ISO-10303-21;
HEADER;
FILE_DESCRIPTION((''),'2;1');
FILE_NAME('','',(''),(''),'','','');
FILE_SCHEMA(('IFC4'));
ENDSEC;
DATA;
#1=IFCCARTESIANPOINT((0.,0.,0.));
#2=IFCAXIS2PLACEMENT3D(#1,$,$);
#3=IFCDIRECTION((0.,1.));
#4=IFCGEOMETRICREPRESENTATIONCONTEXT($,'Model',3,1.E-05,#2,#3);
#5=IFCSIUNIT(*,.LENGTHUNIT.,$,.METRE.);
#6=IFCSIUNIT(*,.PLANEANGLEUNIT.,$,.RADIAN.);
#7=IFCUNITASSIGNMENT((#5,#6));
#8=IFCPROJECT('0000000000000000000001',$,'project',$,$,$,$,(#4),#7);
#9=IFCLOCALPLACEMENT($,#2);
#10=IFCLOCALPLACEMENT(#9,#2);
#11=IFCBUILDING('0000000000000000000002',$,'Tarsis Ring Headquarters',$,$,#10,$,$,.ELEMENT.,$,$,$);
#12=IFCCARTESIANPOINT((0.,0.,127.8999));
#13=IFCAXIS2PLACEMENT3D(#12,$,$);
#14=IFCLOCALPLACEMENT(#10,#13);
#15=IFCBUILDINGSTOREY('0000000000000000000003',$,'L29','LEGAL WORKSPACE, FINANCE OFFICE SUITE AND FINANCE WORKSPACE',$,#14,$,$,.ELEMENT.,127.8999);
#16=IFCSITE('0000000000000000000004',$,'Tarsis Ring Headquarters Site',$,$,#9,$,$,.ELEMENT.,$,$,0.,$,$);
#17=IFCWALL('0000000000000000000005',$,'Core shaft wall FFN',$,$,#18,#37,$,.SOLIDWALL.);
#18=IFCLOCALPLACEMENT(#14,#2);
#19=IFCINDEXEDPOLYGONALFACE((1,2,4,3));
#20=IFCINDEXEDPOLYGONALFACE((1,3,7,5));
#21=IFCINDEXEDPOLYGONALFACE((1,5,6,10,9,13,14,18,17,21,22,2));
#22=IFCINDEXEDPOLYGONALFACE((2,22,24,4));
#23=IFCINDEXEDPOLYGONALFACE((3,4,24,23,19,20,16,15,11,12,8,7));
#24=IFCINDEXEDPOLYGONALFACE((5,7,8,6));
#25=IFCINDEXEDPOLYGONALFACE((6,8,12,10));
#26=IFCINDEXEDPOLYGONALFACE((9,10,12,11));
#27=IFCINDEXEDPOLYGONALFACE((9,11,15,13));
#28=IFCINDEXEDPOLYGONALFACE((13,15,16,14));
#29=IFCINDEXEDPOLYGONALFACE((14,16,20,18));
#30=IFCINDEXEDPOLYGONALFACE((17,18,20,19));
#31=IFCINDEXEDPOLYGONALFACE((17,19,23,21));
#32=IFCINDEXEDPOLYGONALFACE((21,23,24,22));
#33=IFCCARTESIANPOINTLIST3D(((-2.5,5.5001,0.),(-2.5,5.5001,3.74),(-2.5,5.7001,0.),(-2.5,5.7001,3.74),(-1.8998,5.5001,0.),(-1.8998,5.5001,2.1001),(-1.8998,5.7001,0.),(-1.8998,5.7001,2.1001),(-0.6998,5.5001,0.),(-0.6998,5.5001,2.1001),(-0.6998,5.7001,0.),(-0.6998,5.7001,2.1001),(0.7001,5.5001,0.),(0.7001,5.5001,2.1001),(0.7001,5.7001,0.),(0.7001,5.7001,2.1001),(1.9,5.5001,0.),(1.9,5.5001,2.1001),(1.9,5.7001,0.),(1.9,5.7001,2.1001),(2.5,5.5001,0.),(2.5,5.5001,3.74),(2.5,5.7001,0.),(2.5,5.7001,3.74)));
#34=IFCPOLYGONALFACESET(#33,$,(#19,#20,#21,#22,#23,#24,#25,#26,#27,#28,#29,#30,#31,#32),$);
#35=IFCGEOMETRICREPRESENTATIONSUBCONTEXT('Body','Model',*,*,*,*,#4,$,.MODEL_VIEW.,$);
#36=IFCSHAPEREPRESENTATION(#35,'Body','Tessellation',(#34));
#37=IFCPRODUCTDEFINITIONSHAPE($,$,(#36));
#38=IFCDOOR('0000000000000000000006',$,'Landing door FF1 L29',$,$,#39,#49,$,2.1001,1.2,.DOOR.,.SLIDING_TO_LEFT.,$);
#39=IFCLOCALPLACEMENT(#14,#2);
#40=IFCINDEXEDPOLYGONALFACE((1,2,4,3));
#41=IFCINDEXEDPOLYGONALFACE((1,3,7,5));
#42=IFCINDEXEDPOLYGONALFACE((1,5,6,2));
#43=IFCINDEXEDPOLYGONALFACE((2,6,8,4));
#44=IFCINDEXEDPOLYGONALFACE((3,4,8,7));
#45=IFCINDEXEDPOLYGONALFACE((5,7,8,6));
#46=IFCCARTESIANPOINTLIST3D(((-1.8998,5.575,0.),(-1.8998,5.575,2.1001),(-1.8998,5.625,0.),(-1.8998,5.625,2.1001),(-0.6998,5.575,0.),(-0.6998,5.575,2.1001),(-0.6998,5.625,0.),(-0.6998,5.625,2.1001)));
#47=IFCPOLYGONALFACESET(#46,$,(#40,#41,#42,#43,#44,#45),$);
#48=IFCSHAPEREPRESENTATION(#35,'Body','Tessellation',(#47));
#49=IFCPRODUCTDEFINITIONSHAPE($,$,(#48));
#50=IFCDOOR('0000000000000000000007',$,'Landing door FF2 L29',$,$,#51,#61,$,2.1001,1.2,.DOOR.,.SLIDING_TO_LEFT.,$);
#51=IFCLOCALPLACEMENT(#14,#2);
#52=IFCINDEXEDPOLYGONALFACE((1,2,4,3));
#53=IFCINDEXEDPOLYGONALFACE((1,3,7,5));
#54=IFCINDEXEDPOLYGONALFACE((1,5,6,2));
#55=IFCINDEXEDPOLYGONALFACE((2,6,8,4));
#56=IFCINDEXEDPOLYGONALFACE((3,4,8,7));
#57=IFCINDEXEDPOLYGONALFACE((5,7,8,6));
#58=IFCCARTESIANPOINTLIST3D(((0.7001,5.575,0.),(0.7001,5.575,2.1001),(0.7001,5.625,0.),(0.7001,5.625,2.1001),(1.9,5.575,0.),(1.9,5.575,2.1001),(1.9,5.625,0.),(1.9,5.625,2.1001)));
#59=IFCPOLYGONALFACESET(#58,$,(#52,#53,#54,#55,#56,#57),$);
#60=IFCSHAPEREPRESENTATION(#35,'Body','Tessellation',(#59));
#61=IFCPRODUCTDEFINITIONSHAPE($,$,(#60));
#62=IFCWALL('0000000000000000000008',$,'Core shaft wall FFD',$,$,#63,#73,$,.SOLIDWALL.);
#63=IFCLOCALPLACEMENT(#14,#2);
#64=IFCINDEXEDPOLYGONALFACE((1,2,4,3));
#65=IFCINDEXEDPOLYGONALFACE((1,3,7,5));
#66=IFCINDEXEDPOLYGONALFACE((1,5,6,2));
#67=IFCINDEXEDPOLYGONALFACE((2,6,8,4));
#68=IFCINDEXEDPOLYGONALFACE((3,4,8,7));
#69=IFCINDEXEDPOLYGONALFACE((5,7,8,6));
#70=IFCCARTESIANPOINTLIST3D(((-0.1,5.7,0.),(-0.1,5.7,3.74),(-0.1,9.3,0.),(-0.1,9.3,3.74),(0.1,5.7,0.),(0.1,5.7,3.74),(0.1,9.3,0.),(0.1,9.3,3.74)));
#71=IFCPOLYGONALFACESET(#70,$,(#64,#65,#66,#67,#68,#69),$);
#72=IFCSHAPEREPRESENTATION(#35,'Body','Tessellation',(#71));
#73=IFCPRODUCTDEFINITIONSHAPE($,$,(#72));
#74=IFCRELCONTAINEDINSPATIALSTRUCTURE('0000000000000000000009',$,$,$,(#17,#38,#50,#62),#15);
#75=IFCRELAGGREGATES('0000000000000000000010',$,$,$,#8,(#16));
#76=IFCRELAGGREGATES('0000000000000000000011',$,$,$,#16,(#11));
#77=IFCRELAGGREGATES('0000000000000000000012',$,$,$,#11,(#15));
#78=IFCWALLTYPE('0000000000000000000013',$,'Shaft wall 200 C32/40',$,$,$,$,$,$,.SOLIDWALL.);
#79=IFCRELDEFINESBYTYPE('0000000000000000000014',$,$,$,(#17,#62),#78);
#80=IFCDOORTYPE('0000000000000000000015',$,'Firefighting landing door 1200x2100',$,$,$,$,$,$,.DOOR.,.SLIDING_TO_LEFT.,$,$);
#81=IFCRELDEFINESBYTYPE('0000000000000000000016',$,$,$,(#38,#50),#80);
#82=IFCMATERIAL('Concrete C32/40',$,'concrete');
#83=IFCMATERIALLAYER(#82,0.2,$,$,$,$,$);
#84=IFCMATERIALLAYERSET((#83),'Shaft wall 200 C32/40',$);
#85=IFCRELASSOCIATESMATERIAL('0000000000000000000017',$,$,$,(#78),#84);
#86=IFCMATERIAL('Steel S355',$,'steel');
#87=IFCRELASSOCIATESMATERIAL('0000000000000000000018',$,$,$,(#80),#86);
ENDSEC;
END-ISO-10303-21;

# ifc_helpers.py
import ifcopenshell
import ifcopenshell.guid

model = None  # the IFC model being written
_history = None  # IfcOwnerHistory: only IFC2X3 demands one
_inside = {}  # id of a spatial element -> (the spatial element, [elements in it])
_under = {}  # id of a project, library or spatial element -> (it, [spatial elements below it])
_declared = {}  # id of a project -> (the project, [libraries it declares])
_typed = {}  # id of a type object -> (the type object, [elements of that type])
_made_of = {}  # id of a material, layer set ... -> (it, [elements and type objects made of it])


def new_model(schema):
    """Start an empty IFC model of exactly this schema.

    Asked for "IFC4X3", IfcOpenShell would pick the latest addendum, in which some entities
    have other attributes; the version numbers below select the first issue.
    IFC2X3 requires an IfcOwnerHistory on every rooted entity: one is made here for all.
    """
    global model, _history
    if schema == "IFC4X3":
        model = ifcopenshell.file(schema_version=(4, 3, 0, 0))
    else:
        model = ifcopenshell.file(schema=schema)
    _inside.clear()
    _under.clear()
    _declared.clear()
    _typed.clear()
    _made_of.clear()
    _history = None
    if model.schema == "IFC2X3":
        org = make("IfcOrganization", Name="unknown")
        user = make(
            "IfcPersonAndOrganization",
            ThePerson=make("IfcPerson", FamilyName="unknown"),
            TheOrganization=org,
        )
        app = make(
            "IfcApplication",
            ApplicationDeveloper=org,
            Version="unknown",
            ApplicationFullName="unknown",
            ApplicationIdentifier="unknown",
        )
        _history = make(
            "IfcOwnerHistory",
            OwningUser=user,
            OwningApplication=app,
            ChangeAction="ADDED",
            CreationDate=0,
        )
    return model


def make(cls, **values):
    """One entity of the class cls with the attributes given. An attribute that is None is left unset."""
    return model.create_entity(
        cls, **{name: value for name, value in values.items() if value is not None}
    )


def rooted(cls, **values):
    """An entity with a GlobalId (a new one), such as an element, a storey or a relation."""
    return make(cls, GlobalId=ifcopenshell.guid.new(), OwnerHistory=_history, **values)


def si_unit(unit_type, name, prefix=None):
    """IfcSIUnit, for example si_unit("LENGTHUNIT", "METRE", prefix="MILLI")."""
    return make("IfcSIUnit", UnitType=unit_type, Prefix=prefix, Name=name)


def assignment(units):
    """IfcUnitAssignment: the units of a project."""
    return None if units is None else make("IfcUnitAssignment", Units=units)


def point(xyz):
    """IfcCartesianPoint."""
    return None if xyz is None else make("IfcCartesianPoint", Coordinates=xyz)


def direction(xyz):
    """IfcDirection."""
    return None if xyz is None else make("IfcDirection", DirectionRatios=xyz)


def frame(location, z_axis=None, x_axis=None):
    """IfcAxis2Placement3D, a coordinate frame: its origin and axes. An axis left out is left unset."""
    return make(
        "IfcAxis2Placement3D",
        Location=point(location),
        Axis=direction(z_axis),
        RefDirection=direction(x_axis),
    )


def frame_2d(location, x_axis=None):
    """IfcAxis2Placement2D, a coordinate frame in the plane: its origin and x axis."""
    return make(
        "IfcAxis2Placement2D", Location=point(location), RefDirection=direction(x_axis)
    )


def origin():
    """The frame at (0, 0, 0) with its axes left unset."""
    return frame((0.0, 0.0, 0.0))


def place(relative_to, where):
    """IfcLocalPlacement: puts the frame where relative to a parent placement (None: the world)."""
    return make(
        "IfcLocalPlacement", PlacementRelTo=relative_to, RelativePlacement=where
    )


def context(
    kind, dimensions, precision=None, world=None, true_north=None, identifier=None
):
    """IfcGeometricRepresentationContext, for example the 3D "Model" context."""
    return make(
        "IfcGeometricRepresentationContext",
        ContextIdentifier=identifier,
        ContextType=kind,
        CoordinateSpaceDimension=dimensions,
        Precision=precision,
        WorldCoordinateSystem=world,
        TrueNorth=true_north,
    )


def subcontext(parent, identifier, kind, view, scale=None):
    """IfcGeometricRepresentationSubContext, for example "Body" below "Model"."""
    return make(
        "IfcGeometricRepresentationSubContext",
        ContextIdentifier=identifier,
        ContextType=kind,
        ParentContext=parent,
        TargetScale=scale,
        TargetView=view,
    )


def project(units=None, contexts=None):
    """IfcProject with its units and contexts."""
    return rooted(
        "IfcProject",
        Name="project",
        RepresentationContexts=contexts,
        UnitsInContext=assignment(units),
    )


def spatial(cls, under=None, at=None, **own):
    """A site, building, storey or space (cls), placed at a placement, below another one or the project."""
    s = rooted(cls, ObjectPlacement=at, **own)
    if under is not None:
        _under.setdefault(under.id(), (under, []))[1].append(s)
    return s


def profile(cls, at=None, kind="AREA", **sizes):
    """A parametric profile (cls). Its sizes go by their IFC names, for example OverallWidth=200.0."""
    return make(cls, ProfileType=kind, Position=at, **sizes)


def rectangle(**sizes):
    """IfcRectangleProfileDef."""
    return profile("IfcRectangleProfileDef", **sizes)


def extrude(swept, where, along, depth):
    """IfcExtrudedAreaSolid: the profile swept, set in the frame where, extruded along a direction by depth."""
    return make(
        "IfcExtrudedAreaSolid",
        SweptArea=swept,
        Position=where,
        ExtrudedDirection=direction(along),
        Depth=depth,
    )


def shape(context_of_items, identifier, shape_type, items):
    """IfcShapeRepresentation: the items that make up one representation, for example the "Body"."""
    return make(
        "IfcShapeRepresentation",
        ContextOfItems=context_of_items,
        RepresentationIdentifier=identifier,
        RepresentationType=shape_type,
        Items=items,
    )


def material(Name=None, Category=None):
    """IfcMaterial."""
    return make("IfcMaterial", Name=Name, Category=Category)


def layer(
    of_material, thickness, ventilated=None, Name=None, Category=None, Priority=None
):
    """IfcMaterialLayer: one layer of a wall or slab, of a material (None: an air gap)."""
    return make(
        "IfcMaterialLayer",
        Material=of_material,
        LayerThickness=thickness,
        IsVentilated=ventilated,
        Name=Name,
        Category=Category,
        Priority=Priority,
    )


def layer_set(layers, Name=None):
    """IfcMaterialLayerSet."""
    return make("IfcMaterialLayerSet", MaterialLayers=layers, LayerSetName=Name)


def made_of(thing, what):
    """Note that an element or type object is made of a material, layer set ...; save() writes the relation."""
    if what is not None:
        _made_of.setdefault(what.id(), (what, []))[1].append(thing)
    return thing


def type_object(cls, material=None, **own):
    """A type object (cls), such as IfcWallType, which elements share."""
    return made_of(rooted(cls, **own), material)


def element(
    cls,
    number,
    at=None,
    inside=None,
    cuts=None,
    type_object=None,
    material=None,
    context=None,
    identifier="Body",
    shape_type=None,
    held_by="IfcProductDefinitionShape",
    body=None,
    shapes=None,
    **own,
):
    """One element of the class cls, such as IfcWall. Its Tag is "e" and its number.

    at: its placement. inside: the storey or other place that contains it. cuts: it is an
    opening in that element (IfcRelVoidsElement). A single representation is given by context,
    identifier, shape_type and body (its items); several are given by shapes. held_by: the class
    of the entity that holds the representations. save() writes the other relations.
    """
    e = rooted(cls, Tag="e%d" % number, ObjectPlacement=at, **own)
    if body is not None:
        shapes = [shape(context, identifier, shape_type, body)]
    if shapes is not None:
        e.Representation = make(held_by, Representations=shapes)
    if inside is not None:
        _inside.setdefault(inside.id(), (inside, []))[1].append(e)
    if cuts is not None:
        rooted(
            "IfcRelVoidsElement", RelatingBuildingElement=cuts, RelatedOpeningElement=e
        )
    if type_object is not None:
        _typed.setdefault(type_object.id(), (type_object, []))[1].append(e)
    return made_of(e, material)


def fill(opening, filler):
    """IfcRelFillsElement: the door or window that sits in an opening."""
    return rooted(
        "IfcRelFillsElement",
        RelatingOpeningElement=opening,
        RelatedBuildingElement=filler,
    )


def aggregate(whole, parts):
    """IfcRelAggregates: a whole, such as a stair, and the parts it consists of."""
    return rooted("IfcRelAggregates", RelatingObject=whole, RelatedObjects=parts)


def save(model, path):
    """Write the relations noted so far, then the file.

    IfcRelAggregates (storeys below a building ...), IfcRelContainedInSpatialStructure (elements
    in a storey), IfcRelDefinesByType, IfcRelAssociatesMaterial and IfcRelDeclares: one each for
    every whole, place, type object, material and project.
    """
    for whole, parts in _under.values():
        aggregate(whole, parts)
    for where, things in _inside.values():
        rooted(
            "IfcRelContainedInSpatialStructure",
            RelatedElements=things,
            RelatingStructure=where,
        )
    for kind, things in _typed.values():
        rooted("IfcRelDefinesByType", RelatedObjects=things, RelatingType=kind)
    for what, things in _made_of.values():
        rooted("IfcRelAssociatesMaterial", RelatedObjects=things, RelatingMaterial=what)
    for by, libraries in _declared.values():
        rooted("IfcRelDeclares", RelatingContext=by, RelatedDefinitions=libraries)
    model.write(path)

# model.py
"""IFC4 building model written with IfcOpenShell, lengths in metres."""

from ifc_helpers import new_model, si_unit, direction, frame, frame_2d, origin, place, context, subcontext, project, spatial, rectangle, extrude, material, layer, layer_set, type_object, element, fill, save


model = new_model("IFC4")

# Units and contexts
model_context = context("Model", 3, precision=1e-05, world=origin(), true_north=direction((0.0, 1.0)))
body_context = subcontext(model_context, "Body", "Model", "MODEL_VIEW")
ifc_project = project(units=[si_unit("LENGTHUNIT", "METRE"), si_unit("PLANEANGLEUNIT", "RADIAN")], contexts=[model_context])

# Site, building, storey
site_placement = place(None, origin())
site = spatial("IfcSite", under=ifc_project, at=site_placement, Name="Tarsis Ring Headquarters Site", CompositionType="ELEMENT", RefElevation=0.0)
building_placement = place(site_placement, origin())
building = spatial("IfcBuilding", under=site, at=building_placement, Name="Tarsis Ring Headquarters", CompositionType="ELEMENT")
storey_placement = place(building_placement, frame((0.0, 0.0, 127.8999)))
storey = spatial("IfcBuildingStorey", under=building, at=storey_placement, Name="L29", Description="LEGAL WORKSPACE, FINANCE OFFICE SUITE AND FINANCE WORKSPACE", CompositionType="ELEMENT", Elevation=127.8999)

# Shared definitions
ifc_material_1 = material(Name="Concrete C32/40", Category="concrete")
ifc_layer_1 = layer(ifc_material_1, 0.2)
ifc_layer_set_1 = layer_set([ifc_layer_1], Name="Shaft wall 200 C32/40")
wall_type_1 = type_object("IfcWallType", Name="Shaft wall 200 C32/40", PredefinedType="SOLIDWALL", material=ifc_layer_set_1)
ifc_material_2 = material(Name="Steel S355", Category="steel")

# Wall, openings, doors
wall_1_placement = place(storey_placement, frame((-2.5, 5.6001, 0.0), z_axis=(0.0, 0.0, 1.0), x_axis=(1.0, 0.0, 0.0)))
wall_1 = element("IfcWall", 1, at=wall_1_placement, inside=storey, type_object=wall_type_1, Name="Core shaft wall FFN", PredefinedType="SOLIDWALL", context=body_context, shape_type="SweptSolid", body=[
    extrude(rectangle(XDim=5.0, YDim=0.2, at=frame_2d((2.5, 0.0))), origin(), (0.0, 0.0, 1.0), 3.74),
])
opening_1_placement = place(wall_1_placement, frame((0.6001, 0.0, 0.0)))
opening_1 = element("IfcOpeningElement", 2, at=opening_1_placement, cuts=wall_1, PredefinedType="OPENING", context=body_context, shape_type="SweptSolid", body=[
    extrude(rectangle(XDim=1.2, YDim=2.1001, at=frame_2d((0.6001, 1.05))), frame((0.0, 0.1099, 0.0), z_axis=(0.0, -1.0, 0.0), x_axis=(1.0, 0.0, 0.0)), (0.0, 0.0, 1.0), 0.22),
])
opening_2_placement = place(wall_1_placement, frame((3.2, 0.0, 0.0)))
opening_2 = element("IfcOpeningElement", 3, at=opening_2_placement, cuts=wall_1, PredefinedType="OPENING", context=body_context, shape_type="SweptSolid", body=[
    extrude(rectangle(XDim=1.2, YDim=2.1001, at=frame_2d((0.6001, 1.05))), frame((0.0, 0.1099, 0.0), z_axis=(0.0, -1.0, 0.0), x_axis=(1.0, 0.0, 0.0)), (0.0, 0.0, 1.0), 0.22),
])
door_type_1 = type_object("IfcDoorType", Name="Firefighting landing door 1200x2100", OperationType="SLIDING_TO_LEFT", PredefinedType="DOOR", material=ifc_material_2)
door_1_placement = place(opening_1_placement, origin())
door_1 = element("IfcDoor", 4, at=door_1_placement, inside=storey, type_object=door_type_1, Name="Landing door FF1 L29", OperationType="SLIDING_TO_LEFT", OverallHeight=2.1001, OverallWidth=1.2, PredefinedType="DOOR", context=body_context, shape_type="SweptSolid", body=[
    extrude(rectangle(XDim=1.2, YDim=2.1001, at=frame_2d((0.6001, 1.05))), frame((0.0, 0.0249, 0.0), z_axis=(0.0, -1.0, 0.0), x_axis=(1.0, 0.0, 0.0)), (0.0, 0.0, 1.0), 0.05),
])
fill(opening_1, door_1)
door_2_placement = place(opening_2_placement, origin())
door_2 = element("IfcDoor", 5, at=door_2_placement, inside=storey, type_object=door_type_1, Name="Landing door FF2 L29", OperationType="SLIDING_TO_LEFT", OverallHeight=2.1001, OverallWidth=1.2, PredefinedType="DOOR", context=body_context, shape_type="SweptSolid", body=[
    extrude(rectangle(XDim=1.2, YDim=2.1001, at=frame_2d((0.6001, 1.05))), frame((0.0, 0.0249, 0.0), z_axis=(0.0, -1.0, 0.0), x_axis=(1.0, 0.0, 0.0)), (0.0, 0.0, 1.0), 0.05),
])
fill(opening_2, door_2)

# Wall
wall_2_placement = place(storey_placement, frame((0.0, 5.7, 0.0), z_axis=(0.0, 0.0, 1.0), x_axis=(0.0, 1.0, 0.0)))
element("IfcWall", 6, at=wall_2_placement, inside=storey, type_object=wall_type_1, Name="Core shaft wall FFD", PredefinedType="SOLIDWALL", context=body_context, shape_type="SweptSolid", body=[
    extrude(rectangle(XDim=3.6001, YDim=0.2, at=frame_2d((1.8, 0.0))), origin(), (0.0, 0.0, 1.0), 3.74),
])

save(model, "model.ifc")
